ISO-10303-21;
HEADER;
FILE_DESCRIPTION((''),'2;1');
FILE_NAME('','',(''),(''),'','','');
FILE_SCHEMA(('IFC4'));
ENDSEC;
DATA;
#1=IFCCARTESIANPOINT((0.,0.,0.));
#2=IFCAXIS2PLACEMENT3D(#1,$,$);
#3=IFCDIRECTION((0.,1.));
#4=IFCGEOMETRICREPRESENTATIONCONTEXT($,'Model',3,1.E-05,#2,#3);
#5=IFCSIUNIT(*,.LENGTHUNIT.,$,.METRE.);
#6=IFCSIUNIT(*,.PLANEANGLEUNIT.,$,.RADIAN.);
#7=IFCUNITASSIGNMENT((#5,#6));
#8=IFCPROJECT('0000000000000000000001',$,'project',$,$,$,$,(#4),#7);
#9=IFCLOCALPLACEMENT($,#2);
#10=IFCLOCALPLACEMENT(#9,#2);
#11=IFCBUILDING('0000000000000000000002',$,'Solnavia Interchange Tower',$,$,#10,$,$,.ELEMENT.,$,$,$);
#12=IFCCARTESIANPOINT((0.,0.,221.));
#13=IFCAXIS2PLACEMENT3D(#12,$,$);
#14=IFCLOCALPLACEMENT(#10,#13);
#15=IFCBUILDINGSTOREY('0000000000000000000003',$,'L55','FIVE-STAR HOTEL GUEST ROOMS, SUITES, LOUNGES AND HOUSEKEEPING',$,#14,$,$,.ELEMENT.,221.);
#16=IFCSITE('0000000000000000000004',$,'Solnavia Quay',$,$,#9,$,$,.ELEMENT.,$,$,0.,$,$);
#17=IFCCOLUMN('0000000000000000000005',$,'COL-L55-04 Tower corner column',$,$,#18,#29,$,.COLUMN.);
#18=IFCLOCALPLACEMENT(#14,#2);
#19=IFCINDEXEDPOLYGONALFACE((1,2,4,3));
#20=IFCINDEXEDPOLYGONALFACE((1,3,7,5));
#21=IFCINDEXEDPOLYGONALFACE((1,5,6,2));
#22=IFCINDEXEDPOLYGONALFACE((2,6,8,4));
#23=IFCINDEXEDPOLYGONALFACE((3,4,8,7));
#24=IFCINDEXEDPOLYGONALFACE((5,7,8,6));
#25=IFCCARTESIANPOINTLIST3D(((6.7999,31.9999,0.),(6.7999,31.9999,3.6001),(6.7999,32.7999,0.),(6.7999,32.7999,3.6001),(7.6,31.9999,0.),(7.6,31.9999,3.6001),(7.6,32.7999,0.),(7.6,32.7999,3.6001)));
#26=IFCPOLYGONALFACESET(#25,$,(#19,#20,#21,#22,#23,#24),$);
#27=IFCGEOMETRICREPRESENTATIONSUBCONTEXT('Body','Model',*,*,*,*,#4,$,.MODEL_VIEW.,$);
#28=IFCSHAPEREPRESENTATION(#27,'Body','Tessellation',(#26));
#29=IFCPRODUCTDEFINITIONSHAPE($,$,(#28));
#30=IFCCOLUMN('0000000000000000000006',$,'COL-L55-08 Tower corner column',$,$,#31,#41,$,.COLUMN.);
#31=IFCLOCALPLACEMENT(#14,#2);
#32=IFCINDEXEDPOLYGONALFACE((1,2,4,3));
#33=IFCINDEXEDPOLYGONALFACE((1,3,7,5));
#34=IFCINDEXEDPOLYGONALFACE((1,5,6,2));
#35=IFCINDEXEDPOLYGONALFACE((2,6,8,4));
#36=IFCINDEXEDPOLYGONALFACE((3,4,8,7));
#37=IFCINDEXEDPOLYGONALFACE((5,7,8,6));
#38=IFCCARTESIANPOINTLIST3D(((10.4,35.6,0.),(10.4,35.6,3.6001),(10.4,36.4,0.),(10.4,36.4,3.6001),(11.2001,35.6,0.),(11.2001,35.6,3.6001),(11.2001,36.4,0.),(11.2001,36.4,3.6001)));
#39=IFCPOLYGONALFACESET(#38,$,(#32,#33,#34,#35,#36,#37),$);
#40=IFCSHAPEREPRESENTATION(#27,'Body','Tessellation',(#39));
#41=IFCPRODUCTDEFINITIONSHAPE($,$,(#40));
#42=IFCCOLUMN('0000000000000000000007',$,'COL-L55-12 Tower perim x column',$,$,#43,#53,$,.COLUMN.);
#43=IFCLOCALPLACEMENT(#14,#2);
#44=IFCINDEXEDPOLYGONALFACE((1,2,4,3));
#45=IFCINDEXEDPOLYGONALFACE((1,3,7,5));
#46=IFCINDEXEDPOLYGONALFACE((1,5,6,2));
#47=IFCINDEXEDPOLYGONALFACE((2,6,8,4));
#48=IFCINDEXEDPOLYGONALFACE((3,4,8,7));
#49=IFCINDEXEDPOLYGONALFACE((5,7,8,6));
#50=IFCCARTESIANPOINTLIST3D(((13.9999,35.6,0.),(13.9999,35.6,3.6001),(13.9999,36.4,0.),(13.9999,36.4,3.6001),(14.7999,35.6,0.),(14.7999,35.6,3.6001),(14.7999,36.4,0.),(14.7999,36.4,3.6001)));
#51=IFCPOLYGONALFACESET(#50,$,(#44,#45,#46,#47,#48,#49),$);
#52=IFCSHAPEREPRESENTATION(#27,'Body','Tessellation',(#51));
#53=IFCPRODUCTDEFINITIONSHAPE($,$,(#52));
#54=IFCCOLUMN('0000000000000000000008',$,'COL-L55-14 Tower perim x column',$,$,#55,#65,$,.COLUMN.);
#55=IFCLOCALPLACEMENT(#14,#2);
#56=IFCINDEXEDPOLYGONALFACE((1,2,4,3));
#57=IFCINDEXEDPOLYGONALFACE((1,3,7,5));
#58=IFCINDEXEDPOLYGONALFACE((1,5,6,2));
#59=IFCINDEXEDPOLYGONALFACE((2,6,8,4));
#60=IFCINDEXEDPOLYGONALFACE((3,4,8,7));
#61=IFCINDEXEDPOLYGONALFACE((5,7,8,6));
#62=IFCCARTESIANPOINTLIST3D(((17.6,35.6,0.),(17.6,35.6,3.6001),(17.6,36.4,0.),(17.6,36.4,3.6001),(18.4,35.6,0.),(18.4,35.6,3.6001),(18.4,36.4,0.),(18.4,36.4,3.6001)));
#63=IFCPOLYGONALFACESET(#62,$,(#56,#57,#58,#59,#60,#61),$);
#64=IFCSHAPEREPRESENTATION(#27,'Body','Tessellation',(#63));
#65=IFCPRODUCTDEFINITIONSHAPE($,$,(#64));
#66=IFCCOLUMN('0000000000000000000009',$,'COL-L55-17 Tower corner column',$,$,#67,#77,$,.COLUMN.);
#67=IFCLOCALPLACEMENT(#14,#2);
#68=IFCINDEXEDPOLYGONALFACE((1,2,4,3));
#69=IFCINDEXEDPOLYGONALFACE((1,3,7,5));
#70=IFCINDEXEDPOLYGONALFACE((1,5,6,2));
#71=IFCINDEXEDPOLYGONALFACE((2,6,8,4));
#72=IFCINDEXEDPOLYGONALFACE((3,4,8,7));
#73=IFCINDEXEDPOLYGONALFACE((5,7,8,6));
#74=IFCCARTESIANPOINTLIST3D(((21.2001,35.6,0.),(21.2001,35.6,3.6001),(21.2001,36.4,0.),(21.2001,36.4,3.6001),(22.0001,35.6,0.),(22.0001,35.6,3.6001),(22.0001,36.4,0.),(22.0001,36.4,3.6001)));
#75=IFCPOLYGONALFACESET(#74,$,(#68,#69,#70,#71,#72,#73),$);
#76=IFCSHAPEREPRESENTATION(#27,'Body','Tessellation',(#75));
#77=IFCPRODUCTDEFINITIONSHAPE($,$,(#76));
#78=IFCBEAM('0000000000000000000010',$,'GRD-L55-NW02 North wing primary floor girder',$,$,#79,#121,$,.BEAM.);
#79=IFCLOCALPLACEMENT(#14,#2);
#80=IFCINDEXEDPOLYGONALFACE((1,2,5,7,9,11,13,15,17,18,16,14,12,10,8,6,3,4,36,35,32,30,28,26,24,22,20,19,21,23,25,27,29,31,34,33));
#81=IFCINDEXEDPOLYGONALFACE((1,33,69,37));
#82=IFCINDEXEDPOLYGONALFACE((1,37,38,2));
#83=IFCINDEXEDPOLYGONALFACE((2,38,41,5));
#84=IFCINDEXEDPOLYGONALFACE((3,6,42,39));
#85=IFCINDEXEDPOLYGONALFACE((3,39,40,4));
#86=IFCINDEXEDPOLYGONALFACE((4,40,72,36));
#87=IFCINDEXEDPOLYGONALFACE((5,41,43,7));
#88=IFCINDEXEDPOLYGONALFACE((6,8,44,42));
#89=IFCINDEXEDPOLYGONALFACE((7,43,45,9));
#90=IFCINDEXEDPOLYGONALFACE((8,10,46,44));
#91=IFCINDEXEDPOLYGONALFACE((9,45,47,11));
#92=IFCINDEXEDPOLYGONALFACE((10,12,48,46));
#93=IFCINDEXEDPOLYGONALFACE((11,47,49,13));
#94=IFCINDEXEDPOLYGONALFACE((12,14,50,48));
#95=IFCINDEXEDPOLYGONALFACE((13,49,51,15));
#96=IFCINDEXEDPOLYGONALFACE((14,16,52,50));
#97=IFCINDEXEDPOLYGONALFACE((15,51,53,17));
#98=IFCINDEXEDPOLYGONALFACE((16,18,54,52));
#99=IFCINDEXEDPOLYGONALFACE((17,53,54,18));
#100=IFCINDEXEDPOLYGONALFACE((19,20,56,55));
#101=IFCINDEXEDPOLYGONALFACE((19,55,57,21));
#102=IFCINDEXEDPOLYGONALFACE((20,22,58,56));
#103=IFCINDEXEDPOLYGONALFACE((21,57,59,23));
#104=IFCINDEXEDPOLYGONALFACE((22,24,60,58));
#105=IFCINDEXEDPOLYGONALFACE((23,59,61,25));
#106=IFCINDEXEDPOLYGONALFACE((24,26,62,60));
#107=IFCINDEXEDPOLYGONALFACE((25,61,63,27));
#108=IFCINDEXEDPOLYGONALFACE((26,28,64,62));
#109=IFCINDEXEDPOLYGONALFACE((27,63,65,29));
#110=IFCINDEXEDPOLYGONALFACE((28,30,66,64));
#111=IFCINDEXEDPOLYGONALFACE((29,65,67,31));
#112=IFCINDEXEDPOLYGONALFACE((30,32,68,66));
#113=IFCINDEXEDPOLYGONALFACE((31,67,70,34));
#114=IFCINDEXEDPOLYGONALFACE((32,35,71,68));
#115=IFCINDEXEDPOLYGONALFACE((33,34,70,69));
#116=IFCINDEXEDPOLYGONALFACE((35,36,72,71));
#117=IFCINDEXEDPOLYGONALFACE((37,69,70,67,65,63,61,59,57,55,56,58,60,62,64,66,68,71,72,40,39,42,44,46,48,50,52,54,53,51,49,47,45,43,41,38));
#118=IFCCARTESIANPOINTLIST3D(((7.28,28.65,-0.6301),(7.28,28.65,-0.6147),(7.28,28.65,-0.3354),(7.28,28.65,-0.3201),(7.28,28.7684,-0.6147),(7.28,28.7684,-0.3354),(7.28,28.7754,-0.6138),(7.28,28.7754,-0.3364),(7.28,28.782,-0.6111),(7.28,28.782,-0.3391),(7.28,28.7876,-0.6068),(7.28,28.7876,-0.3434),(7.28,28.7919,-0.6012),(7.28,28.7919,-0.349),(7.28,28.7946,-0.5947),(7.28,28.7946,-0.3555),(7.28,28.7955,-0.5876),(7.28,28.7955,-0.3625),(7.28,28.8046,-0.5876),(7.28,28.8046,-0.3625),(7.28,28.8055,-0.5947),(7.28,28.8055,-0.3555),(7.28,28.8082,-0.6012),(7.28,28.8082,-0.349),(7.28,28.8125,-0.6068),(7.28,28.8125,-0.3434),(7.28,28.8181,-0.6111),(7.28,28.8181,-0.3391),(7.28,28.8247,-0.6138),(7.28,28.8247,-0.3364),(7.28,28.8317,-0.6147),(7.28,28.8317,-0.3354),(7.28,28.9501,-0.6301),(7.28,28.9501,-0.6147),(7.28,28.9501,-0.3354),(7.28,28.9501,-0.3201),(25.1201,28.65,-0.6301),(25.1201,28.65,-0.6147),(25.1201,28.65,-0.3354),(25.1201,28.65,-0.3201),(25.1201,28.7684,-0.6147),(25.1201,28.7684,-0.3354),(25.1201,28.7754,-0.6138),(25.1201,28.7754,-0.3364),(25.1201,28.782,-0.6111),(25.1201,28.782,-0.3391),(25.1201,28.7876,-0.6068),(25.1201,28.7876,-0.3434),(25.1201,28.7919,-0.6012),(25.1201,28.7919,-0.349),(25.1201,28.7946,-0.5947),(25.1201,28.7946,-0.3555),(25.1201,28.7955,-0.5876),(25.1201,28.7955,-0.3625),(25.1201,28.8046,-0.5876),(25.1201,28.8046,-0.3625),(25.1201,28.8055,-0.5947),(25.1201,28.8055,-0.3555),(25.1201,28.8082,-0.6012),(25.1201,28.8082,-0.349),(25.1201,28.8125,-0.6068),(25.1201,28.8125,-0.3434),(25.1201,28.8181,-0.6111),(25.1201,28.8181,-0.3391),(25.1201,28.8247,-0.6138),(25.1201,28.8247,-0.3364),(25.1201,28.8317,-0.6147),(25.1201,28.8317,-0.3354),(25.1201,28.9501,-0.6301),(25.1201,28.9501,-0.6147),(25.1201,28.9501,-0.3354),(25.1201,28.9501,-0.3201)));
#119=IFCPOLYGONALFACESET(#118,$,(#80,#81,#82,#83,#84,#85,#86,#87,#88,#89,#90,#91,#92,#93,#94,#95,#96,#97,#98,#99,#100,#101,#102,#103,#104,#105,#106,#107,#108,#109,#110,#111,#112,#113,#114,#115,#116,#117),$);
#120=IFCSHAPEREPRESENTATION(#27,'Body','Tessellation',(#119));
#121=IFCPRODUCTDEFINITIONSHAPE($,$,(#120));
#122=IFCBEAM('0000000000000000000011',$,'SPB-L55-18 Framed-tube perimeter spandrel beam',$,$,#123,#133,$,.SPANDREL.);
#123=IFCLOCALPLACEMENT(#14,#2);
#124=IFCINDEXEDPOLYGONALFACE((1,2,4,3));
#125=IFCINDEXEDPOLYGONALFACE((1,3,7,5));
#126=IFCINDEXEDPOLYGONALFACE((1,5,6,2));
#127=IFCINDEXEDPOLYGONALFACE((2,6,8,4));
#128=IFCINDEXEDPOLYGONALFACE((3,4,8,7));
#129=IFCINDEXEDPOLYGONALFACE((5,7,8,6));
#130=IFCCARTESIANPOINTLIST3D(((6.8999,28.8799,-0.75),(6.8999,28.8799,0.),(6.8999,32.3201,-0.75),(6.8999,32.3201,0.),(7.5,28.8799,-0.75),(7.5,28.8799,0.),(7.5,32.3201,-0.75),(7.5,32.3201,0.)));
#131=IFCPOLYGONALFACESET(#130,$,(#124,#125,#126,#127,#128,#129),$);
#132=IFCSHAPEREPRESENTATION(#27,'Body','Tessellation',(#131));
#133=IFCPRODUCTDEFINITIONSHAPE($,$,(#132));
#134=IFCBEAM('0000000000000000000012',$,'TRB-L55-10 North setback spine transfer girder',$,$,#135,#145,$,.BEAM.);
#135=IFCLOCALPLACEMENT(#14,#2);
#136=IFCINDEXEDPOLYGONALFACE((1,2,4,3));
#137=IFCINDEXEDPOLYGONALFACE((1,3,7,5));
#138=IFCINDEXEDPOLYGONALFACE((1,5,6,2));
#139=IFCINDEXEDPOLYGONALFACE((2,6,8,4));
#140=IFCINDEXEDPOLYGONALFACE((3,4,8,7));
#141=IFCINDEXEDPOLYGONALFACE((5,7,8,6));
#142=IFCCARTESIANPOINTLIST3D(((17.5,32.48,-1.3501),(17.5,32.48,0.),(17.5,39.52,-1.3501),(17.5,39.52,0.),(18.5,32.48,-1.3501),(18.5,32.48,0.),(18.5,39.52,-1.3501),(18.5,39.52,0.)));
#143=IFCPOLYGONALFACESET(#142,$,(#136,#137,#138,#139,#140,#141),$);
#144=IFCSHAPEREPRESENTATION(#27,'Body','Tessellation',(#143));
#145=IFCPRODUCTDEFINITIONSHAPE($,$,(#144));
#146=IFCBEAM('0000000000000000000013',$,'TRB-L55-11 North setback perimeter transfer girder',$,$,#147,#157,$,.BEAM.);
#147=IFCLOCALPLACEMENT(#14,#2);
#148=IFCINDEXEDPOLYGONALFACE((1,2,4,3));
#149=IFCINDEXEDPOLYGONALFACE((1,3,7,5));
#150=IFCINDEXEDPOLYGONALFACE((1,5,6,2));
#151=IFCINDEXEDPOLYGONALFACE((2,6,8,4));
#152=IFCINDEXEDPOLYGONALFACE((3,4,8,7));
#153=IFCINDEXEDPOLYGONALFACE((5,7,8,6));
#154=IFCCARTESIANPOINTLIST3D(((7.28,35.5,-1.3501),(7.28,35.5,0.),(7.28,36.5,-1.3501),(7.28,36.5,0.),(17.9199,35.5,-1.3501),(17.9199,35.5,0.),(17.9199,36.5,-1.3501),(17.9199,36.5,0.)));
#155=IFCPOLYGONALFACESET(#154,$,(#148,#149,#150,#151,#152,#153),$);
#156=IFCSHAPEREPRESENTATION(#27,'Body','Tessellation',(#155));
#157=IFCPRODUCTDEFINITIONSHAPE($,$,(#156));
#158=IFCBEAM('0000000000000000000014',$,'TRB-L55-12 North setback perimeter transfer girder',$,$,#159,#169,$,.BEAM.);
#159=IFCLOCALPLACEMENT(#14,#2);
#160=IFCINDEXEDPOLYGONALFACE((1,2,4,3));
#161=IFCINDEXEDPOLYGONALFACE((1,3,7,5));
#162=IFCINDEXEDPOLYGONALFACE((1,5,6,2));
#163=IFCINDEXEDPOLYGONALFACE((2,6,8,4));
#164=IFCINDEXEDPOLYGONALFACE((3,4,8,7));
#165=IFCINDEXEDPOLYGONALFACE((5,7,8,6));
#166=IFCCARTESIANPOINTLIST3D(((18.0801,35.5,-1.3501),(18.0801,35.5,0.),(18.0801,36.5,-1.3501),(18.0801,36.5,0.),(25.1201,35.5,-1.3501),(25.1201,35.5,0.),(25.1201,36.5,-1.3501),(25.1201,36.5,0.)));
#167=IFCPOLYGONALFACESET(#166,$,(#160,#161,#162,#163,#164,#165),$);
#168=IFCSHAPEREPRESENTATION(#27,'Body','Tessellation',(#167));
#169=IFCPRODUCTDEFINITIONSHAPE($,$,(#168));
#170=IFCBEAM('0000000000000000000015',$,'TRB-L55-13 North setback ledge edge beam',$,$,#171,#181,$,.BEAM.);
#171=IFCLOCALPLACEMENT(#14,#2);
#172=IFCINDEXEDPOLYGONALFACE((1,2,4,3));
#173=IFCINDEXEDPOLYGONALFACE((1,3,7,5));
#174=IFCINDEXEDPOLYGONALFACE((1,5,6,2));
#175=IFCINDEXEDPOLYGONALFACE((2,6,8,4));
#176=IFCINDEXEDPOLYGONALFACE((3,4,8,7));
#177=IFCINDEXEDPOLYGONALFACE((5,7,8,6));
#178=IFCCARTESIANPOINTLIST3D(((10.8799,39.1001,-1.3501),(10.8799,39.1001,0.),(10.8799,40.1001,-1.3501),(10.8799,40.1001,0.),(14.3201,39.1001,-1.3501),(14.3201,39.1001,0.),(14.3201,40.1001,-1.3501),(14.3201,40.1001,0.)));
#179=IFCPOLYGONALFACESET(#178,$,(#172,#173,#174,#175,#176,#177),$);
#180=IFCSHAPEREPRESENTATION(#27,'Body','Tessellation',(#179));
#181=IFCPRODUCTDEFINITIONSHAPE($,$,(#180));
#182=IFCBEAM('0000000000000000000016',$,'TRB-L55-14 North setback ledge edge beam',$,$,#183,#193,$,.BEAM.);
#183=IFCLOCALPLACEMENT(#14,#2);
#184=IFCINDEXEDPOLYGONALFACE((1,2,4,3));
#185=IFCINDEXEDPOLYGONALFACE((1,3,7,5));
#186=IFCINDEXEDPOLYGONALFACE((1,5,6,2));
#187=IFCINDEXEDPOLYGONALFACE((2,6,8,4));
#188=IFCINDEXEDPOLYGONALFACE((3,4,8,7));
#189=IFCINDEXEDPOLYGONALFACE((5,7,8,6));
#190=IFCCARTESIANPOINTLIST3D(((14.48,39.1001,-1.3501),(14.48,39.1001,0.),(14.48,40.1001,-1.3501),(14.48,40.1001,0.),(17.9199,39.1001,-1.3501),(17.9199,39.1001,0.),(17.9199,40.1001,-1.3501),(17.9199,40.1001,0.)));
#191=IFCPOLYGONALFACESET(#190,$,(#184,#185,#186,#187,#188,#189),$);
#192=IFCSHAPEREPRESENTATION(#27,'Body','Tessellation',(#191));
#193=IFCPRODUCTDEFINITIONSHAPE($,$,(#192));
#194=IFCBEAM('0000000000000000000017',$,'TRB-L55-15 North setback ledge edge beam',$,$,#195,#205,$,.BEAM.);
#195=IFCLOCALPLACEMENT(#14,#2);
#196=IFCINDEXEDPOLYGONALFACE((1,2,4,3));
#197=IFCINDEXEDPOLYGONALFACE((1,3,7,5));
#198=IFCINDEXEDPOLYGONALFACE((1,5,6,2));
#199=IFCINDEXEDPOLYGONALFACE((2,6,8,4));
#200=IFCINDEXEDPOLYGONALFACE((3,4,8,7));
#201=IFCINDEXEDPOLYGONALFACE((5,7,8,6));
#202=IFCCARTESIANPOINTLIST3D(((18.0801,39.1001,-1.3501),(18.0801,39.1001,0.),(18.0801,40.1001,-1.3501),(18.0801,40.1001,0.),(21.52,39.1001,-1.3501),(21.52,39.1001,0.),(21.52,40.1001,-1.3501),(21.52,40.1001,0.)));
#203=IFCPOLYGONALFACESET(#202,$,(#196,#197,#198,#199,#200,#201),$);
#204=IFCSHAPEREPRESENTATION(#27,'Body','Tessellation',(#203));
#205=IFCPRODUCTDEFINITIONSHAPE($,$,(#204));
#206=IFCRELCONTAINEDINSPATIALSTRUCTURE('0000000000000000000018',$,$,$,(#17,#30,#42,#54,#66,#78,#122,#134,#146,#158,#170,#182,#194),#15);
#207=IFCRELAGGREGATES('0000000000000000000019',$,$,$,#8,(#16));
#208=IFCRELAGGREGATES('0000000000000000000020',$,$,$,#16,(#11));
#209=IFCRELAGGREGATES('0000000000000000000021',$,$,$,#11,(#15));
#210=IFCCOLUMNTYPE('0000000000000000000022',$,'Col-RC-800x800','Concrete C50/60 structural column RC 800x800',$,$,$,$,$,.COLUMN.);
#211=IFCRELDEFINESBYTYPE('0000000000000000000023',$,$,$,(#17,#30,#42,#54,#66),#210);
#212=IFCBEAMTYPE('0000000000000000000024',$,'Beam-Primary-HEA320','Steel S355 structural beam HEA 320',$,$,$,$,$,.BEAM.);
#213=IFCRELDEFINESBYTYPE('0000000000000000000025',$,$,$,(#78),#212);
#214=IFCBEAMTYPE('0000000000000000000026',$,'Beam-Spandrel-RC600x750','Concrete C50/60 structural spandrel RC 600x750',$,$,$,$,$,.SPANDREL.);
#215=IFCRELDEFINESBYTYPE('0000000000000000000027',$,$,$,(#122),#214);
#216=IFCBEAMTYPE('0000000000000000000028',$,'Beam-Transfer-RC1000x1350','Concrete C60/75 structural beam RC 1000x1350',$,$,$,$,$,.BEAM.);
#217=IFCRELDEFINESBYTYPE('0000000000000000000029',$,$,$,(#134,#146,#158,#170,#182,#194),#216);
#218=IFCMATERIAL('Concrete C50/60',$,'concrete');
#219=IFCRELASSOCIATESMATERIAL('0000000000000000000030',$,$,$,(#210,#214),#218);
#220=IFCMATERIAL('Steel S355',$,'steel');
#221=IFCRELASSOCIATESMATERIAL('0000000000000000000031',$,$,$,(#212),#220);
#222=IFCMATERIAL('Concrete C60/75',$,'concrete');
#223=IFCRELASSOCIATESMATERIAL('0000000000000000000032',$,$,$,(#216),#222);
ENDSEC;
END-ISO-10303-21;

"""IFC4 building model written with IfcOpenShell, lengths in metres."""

from ifc_helpers import new_model, si_unit, direction, frame, origin, origin_2d, place, context, subcontext, project, spatial, rectangle, i_section, extrude, material, material_profile, profile_set, type_object, element, save


model = new_model("IFC4")

# Units and contexts
model_context = context("Model", 3, precision=1e-05, world=origin(), true_north=direction((0.0, 1.0)))
body_context = subcontext(model_context, "Body", "Model", "MODEL_VIEW")
ifc_project = project(units=[si_unit("LENGTHUNIT", "METRE"), si_unit("PLANEANGLEUNIT", "RADIAN")], contexts=[model_context])

# Site, building, storey
site_placement = place(None, origin())
site = spatial("IfcSite", under=ifc_project, at=site_placement, Name="Solnavia Quay", CompositionType="ELEMENT", RefElevation=0.0)
building_placement = place(site_placement, origin())
building = spatial("IfcBuilding", under=site, at=building_placement, Name="Solnavia Interchange Tower", CompositionType="ELEMENT")
storey_placement = place(building_placement, frame((0.0, 0.0, 221.0)))
storey = spatial("IfcBuildingStorey", under=building, at=storey_placement, Name="L55", Description="FIVE-STAR HOTEL GUEST ROOMS, SUITES, LOUNGES AND HOUSEKEEPING", CompositionType="ELEMENT", Elevation=221.0)

# Columns
ifc_material_1 = material(Name="Concrete C50/60", Category="concrete")
ifc_material_profile_1 = material_profile(ifc_material_1, rectangle(XDim=0.8, YDim=0.8, at=origin_2d()), Name="RC 800x800")
ifc_profile_set_1 = profile_set([ifc_material_profile_1], Name="Concrete C50/60")
column_type = type_object("IfcColumnType", Name="Col-RC-800x800", Description="Concrete C50/60 structural column RC 800x800", PredefinedType="COLUMN", material=ifc_profile_set_1)
for number, where, z_axis, x_axis, name in (
    (1, (7.2, 32.3999, 0.0), (0.0, 0.0, 1.0), (0.0, 1.0, 0.0), "COL-L55-04 Tower corner column"),
    (2, (10.8, 36.0, 0.0), (0.0, 0.0, 1.0), (1.0, 0.0, 0.0), "COL-L55-08 Tower corner column"),
    (3, (14.3999, 36.0, 0.0), (0.0, 0.0, 1.0), (1.0, 0.0, 0.0), "COL-L55-12 Tower perim x column"),
    (4, (18.0, 36.0, 0.0), (0.0, 0.0, 1.0), (1.0, 0.0, 0.0), "COL-L55-14 Tower perim x column"),
    (5, (21.6001, 36.0, 0.0), (0.0, 0.0, 1.0), (1.0, 0.0, 0.0), "COL-L55-17 Tower corner column"),
):
    element("IfcColumn", number, at=place(storey_placement, frame(where, z_axis=z_axis, x_axis=x_axis)), inside=storey, type_object=column_type, Name=name, PredefinedType="COLUMN", context=body_context, shape_type="SweptSolid", body=[
        extrude(rectangle(XDim=0.8, YDim=0.8, at=origin_2d()), origin(), (0.0, 0.0, 1.0), 3.6001),
    ])

# Beams
ifc_material_2 = material(Name="Steel S355", Category="steel")
ifc_material_profile_2 = material_profile(ifc_material_2, i_section(OverallWidth=0.3, OverallDepth=0.3101, WebThickness=0.009, FlangeThickness=0.0154, FilletRadius=0.0271, at=origin_2d()), Name="HEA 320")
ifc_profile_set_2 = profile_set([ifc_material_profile_2], Name="Steel S355")
beam_type_1 = type_object("IfcBeamType", Name="Beam-Primary-HEA320", Description="Steel S355 structural beam HEA 320", PredefinedType="BEAM", material=ifc_profile_set_2)
beam_1_placement = place(storey_placement, frame((7.28, 28.8, -0.4751), z_axis=(1.0, 0.0, 0.0), x_axis=(0.0, 1.0, 0.0)))
element("IfcBeam", 6, at=beam_1_placement, inside=storey, type_object=beam_type_1, Name="GRD-L55-NW02 North wing primary floor girder", PredefinedType="BEAM", context=body_context, shape_type="SweptSolid", body=[
    extrude(i_section(OverallWidth=0.3, OverallDepth=0.3101, WebThickness=0.009, FlangeThickness=0.0154, FilletRadius=0.0271, at=origin_2d()), origin(), (0.0, 0.0, 1.0), 17.8401),
])
ifc_material_profile_3 = material_profile(ifc_material_1, rectangle(XDim=0.6001, YDim=0.75, at=origin_2d()), Name="RC 600x750")
ifc_profile_set_3 = profile_set([ifc_material_profile_3], Name="Concrete C50/60")
beam_type_2 = type_object("IfcBeamType", Name="Beam-Spandrel-RC600x750", Description="Concrete C50/60 structural spandrel RC 600x750", PredefinedType="SPANDREL", material=ifc_profile_set_3)
beam_2_placement = place(storey_placement, frame((7.2, 32.3201, -0.375), z_axis=(0.0, -1.0, 0.0), x_axis=(1.0, 0.0, 0.0)))
element("IfcBeam", 7, at=beam_2_placement, inside=storey, type_object=beam_type_2, Name="SPB-L55-18 Framed-tube perimeter spandrel beam", PredefinedType="SPANDREL", context=body_context, shape_type="SweptSolid", body=[
    extrude(rectangle(XDim=0.6001, YDim=0.75, at=origin_2d()), origin(), (0.0, 0.0, 1.0), 3.4402),
])
ifc_material_3 = material(Name="Concrete C60/75", Category="concrete")
ifc_material_profile_4 = material_profile(ifc_material_3, rectangle(XDim=1.0, YDim=1.3501, at=origin_2d()), Name="RC 1000x1350")
ifc_profile_set_4 = profile_set([ifc_material_profile_4], Name="Concrete C60/75")
beam_type_3 = type_object("IfcBeamType", Name="Beam-Transfer-RC1000x1350", Description="Concrete C60/75 structural beam RC 1000x1350", PredefinedType="BEAM", material=ifc_profile_set_4)
beam_3_placement = place(storey_placement, frame((18.0, 32.48, -0.675), z_axis=(0.0, 1.0, 0.0), x_axis=(-1.0, 0.0, 0.0)))
element("IfcBeam", 8, at=beam_3_placement, inside=storey, type_object=beam_type_3, Name="TRB-L55-10 North setback spine transfer girder", PredefinedType="BEAM", context=body_context, shape_type="SweptSolid", body=[
    extrude(rectangle(XDim=1.0, YDim=1.3501, at=origin_2d()), origin(), (0.0, 0.0, 1.0), 7.04),
])
beam_4_placement = place(storey_placement, frame((7.28, 36.0, -0.675), z_axis=(1.0, 0.0, 0.0), x_axis=(0.0, 1.0, 0.0)))
element("IfcBeam", 9, at=beam_4_placement, inside=storey, type_object=beam_type_3, Name="TRB-L55-11 North setback perimeter transfer girder", PredefinedType="BEAM", context=body_context, shape_type="SweptSolid", body=[
    extrude(rectangle(XDim=1.0, YDim=1.3501, at=origin_2d()), origin(), (0.0, 0.0, 1.0), 10.6399),
])
beam_5_placement = place(storey_placement, frame((18.0801, 36.0, -0.675), z_axis=(1.0, 0.0, 0.0), x_axis=(0.0, 1.0, 0.0)))
element("IfcBeam", 10, at=beam_5_placement, inside=storey, type_object=beam_type_3, Name="TRB-L55-12 North setback perimeter transfer girder", PredefinedType="BEAM", context=body_context, shape_type="SweptSolid", body=[
    extrude(rectangle(XDim=1.0, YDim=1.3501, at=origin_2d()), origin(), (0.0, 0.0, 1.0), 7.04),
])
beam_6_placement = place(storey_placement, frame((10.8799, 39.6001, -0.675), z_axis=(1.0, 0.0, 0.0), x_axis=(0.0, 1.0, 0.0)))
element("IfcBeam", 11, at=beam_6_placement, inside=storey, type_object=beam_type_3, Name="TRB-L55-13 North setback ledge edge beam", PredefinedType="BEAM", context=body_context, shape_type="SweptSolid", body=[
    extrude(rectangle(XDim=1.0, YDim=1.3501, at=origin_2d()), origin(), (0.0, 0.0, 1.0), 3.4402),
])
for number, where, z_axis, x_axis, name in (
    (12, (14.48, 39.6001, -0.675), (1.0, 0.0, 0.0), (0.0, 1.0, 0.0), "TRB-L55-14 North setback ledge edge beam"),
    (13, (18.0801, 39.6001, -0.675), (1.0, 0.0, 0.0), (0.0, 1.0, 0.0), "TRB-L55-15 North setback ledge edge beam"),
):
    element("IfcBeam", number, at=place(storey_placement, frame(where, z_axis=z_axis, x_axis=x_axis)), inside=storey, type_object=beam_type_3, Name=name, PredefinedType="BEAM", context=body_context, shape_type="SweptSolid", body=[
        extrude(rectangle(XDim=1.0, YDim=1.3501, at=origin_2d()), origin(), (0.0, 0.0, 1.0), 3.4399),
    ])

save(model, "model.ifc")
